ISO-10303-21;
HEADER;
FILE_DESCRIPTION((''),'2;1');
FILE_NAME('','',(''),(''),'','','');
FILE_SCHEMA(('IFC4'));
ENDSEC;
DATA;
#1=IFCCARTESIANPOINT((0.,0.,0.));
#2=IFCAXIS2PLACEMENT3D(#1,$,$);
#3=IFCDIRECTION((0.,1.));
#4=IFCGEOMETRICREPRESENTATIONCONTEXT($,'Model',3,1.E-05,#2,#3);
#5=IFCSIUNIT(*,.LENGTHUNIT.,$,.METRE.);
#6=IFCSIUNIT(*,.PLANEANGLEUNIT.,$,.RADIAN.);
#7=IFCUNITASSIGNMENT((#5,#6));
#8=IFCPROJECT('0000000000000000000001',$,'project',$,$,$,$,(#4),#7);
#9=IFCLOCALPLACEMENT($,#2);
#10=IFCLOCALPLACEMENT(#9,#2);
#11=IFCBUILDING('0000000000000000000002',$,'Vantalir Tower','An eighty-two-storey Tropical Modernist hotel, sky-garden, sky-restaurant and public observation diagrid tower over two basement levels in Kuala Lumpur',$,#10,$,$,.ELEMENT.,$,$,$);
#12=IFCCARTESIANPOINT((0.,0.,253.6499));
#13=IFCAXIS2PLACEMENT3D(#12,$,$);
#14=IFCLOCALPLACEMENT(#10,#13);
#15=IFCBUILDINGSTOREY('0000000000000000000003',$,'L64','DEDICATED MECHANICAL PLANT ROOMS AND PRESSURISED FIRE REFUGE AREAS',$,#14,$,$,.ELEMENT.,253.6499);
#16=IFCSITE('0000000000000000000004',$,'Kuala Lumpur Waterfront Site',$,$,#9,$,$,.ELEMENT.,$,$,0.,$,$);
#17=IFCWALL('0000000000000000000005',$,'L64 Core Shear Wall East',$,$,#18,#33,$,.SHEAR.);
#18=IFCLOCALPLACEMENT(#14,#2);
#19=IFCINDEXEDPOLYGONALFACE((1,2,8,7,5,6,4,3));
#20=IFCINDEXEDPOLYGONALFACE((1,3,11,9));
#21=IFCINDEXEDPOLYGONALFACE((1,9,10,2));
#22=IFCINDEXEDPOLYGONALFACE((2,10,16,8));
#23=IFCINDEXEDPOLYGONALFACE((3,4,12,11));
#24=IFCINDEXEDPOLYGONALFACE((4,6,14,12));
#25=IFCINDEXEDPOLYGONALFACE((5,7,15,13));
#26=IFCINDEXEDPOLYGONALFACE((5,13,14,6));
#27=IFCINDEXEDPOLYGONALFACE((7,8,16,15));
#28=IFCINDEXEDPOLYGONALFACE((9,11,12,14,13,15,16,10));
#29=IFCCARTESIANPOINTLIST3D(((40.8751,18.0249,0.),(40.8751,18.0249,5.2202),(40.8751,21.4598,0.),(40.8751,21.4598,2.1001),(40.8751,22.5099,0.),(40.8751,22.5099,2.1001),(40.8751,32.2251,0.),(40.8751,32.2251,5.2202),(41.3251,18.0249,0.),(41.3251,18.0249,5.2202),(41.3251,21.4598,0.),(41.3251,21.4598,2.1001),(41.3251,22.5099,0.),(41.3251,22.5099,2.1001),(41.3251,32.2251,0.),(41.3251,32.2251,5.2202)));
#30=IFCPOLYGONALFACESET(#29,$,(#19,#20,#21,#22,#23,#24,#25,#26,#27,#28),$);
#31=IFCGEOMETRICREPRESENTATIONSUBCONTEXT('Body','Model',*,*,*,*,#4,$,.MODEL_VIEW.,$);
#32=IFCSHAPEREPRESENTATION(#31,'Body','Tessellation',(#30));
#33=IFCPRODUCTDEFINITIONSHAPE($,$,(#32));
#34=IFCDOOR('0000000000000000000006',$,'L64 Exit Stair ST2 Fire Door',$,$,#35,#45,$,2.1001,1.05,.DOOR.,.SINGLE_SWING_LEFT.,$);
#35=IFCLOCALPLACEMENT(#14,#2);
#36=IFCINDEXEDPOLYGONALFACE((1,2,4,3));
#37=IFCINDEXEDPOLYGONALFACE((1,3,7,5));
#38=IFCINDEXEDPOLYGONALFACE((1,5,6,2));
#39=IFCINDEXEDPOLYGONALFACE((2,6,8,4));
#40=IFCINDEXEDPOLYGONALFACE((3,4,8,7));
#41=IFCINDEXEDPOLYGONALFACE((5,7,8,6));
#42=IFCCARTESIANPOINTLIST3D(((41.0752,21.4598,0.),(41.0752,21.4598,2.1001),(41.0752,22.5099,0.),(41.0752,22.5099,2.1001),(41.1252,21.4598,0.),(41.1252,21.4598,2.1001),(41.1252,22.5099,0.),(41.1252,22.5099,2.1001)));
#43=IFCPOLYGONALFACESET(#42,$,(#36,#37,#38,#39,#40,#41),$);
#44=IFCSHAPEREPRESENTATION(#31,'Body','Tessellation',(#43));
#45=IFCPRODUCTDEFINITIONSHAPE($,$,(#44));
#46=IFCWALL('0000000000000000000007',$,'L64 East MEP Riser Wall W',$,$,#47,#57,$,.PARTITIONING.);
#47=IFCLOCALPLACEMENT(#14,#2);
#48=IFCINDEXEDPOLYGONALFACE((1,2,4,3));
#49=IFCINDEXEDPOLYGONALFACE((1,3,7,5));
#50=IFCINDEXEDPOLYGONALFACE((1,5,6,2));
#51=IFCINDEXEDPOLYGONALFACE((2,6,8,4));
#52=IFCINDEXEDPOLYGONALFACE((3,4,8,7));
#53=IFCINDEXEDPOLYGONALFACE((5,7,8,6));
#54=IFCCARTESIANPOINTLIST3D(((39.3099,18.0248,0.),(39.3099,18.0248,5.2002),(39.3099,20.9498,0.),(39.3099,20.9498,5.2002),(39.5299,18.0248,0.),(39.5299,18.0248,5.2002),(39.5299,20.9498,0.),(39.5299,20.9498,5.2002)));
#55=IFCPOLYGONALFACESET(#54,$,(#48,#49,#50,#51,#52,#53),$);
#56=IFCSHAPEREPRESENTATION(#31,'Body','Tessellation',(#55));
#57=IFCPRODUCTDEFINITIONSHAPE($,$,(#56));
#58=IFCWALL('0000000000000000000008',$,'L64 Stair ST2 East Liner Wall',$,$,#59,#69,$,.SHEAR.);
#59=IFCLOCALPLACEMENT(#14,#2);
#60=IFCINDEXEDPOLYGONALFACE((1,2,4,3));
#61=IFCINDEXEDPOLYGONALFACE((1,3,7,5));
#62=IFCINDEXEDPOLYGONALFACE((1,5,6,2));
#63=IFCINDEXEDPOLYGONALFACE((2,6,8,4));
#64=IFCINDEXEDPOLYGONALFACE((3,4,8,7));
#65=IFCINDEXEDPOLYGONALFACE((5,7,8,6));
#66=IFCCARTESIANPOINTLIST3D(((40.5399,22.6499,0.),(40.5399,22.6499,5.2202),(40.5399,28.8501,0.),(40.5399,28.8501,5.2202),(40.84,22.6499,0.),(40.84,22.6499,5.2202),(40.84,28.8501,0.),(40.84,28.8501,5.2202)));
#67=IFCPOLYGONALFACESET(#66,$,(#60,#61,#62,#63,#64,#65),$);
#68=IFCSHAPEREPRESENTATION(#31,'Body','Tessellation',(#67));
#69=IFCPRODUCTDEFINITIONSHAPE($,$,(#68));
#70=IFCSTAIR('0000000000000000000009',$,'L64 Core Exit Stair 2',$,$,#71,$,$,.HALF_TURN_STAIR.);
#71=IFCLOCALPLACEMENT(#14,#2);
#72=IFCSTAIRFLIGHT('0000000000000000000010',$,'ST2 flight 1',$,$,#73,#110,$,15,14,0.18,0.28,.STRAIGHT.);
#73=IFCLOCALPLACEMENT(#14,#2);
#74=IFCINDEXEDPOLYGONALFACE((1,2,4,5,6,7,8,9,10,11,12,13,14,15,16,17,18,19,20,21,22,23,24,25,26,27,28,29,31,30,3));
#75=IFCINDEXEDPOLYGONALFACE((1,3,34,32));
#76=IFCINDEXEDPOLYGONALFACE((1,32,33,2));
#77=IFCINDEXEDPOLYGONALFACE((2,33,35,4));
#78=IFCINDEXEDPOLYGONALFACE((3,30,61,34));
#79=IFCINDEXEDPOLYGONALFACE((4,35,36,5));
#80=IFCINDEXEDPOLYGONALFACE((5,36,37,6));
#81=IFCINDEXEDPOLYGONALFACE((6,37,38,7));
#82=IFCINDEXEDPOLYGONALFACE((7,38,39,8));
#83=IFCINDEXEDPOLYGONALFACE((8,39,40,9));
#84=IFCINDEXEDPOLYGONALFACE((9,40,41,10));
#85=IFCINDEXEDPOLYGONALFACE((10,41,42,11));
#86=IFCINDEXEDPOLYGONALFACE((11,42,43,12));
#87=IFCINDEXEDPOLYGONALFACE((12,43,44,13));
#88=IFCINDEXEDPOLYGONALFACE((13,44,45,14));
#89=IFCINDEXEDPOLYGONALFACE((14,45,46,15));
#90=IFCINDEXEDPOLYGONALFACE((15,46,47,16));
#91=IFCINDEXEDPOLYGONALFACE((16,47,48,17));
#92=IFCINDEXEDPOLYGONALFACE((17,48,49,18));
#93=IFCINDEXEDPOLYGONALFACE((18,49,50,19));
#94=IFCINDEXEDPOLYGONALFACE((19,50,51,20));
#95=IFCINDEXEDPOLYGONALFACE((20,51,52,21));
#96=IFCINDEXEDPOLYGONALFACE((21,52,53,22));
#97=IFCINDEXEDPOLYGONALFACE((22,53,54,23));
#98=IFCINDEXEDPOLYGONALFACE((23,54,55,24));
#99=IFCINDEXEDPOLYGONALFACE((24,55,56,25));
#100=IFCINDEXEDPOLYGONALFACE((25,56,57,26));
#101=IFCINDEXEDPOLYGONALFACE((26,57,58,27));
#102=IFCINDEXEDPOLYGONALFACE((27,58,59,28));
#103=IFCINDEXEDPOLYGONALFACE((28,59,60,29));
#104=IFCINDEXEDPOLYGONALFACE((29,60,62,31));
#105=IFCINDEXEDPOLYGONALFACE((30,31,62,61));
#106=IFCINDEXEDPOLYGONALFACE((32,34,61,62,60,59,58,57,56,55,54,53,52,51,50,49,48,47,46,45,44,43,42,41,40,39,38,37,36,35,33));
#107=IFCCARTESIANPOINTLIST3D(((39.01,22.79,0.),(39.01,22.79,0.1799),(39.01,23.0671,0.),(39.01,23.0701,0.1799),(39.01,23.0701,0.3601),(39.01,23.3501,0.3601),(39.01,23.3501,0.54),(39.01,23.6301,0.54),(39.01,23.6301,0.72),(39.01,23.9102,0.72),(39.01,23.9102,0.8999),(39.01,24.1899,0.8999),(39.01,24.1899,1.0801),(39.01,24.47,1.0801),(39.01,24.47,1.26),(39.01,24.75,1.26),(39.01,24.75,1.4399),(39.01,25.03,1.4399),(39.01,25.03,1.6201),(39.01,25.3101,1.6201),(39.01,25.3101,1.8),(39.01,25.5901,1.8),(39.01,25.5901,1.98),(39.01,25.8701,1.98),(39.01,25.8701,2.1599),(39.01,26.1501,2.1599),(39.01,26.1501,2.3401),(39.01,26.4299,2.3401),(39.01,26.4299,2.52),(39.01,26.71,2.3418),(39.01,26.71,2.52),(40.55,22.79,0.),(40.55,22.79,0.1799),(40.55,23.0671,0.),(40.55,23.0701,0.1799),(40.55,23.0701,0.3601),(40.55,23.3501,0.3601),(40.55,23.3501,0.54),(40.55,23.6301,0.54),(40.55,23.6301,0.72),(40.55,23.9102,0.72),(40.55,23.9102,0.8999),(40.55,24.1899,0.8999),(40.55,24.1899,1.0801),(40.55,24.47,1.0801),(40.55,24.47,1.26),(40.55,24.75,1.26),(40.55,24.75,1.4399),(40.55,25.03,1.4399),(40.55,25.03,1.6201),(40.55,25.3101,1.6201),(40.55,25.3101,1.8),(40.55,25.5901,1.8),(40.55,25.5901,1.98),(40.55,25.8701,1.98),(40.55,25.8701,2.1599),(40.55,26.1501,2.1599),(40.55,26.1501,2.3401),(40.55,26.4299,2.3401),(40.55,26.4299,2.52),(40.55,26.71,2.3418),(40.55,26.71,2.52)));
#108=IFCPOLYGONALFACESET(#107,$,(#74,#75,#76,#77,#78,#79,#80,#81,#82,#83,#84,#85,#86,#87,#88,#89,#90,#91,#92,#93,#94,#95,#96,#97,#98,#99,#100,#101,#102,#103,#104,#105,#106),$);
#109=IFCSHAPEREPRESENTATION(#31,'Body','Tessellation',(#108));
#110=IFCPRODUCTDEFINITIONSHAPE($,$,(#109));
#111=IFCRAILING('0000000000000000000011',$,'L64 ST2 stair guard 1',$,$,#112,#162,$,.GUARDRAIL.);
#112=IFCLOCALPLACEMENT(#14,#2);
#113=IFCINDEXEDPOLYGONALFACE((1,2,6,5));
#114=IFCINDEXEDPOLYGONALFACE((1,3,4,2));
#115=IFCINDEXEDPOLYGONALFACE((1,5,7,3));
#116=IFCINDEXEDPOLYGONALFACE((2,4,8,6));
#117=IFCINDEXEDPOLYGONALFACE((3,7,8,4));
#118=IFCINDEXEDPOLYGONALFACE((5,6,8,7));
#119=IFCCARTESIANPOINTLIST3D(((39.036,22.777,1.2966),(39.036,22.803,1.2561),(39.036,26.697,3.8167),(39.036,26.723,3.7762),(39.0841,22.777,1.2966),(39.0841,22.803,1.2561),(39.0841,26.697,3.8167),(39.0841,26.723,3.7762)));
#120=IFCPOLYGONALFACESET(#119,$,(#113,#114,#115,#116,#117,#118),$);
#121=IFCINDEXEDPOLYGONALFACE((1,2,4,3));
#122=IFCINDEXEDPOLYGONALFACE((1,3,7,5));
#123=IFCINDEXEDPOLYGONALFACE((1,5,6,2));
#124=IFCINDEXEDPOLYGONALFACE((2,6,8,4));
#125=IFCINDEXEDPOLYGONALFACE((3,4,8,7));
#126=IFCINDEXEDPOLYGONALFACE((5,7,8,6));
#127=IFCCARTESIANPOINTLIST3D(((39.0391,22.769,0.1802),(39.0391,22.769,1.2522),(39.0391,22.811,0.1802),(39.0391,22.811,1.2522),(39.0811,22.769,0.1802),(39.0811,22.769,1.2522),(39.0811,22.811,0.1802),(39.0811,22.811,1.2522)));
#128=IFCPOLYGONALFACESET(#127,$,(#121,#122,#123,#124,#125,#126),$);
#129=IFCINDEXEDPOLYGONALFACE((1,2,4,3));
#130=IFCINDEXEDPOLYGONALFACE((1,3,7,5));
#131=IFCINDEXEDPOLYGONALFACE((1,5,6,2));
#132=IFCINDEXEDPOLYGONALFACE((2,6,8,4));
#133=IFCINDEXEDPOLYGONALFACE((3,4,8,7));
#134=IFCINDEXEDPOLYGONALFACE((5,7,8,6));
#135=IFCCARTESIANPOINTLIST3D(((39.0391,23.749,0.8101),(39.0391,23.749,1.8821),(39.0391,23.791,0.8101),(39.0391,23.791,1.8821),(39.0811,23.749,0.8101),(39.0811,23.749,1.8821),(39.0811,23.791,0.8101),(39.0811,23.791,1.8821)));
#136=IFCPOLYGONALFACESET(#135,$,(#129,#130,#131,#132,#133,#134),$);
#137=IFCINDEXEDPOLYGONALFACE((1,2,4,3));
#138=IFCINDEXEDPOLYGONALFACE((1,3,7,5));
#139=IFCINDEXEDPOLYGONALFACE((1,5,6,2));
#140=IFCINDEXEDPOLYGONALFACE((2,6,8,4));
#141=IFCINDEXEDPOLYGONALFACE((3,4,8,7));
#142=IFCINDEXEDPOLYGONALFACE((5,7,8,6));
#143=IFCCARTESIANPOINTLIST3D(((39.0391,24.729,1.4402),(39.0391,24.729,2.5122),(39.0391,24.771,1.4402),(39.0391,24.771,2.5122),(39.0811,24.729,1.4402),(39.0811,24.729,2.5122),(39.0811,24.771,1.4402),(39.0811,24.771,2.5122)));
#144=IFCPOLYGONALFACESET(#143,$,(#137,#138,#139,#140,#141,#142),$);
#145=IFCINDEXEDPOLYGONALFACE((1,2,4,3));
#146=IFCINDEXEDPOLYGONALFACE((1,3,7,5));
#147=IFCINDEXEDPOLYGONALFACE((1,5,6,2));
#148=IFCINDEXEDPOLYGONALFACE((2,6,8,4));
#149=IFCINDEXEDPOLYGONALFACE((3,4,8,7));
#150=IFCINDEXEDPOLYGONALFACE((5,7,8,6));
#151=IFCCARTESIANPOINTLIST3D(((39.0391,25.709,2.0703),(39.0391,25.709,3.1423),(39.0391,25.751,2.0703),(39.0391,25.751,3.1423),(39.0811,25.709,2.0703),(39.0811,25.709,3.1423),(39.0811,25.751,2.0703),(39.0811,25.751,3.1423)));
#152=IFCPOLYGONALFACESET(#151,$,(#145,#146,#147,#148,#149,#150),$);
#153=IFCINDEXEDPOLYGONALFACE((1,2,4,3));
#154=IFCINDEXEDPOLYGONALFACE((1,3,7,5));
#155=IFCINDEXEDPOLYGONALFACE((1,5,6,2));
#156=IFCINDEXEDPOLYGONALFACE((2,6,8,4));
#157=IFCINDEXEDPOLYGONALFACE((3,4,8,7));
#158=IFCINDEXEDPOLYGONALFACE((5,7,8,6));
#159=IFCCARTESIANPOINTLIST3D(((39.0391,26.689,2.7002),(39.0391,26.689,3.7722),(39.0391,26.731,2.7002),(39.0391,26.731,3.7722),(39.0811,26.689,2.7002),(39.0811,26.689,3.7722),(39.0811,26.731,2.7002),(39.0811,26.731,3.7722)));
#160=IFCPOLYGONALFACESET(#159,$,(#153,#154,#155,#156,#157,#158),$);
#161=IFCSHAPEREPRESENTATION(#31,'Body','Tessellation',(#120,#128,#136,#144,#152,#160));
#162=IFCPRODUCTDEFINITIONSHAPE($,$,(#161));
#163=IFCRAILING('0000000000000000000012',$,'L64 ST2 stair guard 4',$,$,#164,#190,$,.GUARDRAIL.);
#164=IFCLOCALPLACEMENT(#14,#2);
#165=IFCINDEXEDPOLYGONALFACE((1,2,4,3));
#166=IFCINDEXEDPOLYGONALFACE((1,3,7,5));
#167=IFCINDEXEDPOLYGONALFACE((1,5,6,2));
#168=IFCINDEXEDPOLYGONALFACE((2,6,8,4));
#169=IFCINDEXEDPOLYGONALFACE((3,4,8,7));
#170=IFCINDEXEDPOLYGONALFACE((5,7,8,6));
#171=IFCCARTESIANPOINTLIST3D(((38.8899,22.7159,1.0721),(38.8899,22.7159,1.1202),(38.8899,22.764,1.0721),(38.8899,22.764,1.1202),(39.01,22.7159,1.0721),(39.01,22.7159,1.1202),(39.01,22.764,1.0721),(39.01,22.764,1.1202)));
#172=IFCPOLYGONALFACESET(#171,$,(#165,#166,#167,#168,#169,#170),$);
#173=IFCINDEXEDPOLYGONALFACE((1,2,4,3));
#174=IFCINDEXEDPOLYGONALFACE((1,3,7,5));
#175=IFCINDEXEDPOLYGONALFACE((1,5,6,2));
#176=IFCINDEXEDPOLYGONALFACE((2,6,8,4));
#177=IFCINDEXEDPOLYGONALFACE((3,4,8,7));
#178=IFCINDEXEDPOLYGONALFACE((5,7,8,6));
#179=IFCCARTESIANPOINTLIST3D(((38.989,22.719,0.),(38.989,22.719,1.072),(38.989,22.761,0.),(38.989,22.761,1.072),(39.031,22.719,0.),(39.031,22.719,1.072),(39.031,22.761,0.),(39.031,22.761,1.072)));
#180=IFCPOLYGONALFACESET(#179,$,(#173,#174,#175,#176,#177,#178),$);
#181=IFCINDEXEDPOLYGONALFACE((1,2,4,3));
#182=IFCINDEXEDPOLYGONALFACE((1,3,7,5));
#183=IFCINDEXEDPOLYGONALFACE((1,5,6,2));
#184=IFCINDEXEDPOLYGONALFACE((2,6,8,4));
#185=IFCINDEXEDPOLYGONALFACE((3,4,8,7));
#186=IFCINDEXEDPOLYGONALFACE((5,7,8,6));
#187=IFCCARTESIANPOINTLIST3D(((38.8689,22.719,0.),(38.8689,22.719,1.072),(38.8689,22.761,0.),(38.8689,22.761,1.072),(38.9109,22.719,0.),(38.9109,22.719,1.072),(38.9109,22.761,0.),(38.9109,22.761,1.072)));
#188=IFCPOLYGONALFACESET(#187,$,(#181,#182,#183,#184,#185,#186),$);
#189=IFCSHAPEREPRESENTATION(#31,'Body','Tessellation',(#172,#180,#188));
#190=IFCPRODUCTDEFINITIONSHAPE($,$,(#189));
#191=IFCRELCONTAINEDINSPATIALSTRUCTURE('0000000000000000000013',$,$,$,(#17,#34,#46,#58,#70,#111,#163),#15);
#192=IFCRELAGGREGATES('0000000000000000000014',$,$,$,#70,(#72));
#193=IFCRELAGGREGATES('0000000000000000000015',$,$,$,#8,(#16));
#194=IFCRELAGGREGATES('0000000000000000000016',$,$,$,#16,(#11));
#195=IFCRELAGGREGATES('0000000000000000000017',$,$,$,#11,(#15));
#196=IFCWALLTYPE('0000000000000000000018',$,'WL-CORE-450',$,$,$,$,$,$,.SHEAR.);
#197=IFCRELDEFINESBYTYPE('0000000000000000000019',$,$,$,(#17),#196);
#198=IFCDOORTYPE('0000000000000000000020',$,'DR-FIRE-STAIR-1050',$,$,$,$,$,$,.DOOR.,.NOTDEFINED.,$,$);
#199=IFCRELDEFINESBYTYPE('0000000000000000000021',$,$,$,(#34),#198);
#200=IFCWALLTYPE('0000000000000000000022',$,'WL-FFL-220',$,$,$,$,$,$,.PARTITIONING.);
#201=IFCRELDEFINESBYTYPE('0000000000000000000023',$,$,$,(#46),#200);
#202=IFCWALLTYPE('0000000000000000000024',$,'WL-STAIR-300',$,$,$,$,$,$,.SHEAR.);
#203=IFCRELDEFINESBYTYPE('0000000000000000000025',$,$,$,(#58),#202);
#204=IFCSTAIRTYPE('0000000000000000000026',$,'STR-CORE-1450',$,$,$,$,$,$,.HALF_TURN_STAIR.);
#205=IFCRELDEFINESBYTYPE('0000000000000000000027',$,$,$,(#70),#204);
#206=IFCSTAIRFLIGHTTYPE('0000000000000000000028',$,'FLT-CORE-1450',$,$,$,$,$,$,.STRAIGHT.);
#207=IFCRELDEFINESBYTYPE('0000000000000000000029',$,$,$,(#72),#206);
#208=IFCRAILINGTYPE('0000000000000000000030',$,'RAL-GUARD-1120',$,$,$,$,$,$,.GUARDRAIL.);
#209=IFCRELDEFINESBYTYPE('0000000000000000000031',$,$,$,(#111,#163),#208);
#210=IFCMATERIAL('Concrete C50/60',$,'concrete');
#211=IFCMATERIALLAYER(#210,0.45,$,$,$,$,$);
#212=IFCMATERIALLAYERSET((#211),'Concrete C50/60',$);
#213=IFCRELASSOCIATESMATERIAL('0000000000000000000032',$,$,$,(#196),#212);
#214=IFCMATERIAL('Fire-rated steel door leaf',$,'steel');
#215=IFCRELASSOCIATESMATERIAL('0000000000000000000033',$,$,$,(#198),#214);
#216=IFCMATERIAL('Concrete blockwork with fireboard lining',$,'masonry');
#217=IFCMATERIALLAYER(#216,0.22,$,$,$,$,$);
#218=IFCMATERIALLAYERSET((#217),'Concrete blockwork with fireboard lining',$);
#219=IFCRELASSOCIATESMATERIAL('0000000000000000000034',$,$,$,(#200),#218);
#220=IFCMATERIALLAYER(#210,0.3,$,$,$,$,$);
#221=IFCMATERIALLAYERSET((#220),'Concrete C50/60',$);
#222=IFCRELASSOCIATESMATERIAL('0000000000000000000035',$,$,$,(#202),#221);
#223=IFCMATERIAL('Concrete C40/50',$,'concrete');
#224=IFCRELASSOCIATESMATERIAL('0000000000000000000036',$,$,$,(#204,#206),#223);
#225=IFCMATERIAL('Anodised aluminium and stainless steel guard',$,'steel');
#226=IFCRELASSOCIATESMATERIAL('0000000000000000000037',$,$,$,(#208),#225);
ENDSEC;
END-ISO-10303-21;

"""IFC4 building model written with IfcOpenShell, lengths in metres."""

from ifc_helpers import new_model, si_unit, direction, frame, frame_2d, origin, origin_2d, place, context, subcontext, project, spatial, polyline, rectangle, outline, extrude, material, layer, layer_set, type_object, element, fill, aggregate, save


model = new_model("IFC4")

# Units and contexts
model_context = context("Model", 3, precision=1e-05, world=origin(), true_north=direction((0.0, 1.0)))
body_context = subcontext(model_context, "Body", "Model", "MODEL_VIEW")
ifc_project = project(units=[si_unit("LENGTHUNIT", "METRE"), si_unit("PLANEANGLEUNIT", "RADIAN")], contexts=[model_context])

# Site, building, storey
site_placement = place(None, origin())
site = spatial("IfcSite", under=ifc_project, at=site_placement, Name="Kuala Lumpur Waterfront Site", CompositionType="ELEMENT", RefElevation=0.0)
building_placement = place(site_placement, origin())
building = spatial("IfcBuilding", under=site, at=building_placement, Name="Vantalir Tower", Description="An eighty-two-storey Tropical Modernist hotel, sky-garden, sky-restaurant and public observation diagrid tower over two basement levels in Kuala Lumpur", CompositionType="ELEMENT")
storey_placement = place(building_placement, frame((0.0, 0.0, 253.6499)))
storey = spatial("IfcBuildingStorey", under=building, at=storey_placement, Name="L64", Description="DEDICATED MECHANICAL PLANT ROOMS AND PRESSURISED FIRE REFUGE AREAS", CompositionType="ELEMENT", Elevation=253.6499)

# Shared definitions
ifc_material_1 = material(Name="Concrete C50/60", Category="concrete")

# Wall, opening, door
ifc_layer_1 = layer(ifc_material_1, 0.45)
ifc_layer_set_1 = layer_set([ifc_layer_1], Name="Concrete C50/60")
wall_type_1 = type_object("IfcWallType", Name="WL-CORE-450", PredefinedType="SHEAR", material=ifc_layer_set_1)
wall_1_placement = place(storey_placement, frame((41.1001, 18.0249, 0.0), z_axis=(0.0, 0.0, 1.0), x_axis=(0.0, 1.0, 0.0)))
wall_1 = element("IfcWall", 1, at=wall_1_placement, inside=storey, type_object=wall_type_1, Name="L64 Core Shear Wall East", PredefinedType="SHEAR", context=body_context, shape_type="SweptSolid", body=[
    extrude(rectangle(XDim=14.2002, YDim=0.45, at=frame_2d((7.1001, 0.0))), origin(), (0.0, 0.0, 1.0), 5.2202),
])
opening_placement = place(wall_1_placement, frame((3.4351, 0.0, 0.0)))
opening = element("IfcOpeningElement", 2, at=opening_placement, cuts=wall_1, PredefinedType="OPENING", context=body_context, shape_type="SweptSolid", body=[
    extrude(rectangle(XDim=1.05, YDim=2.1001, at=frame_2d((0.5249, 1.05))), frame((0.0, 0.2349, 0.0), z_axis=(0.0, -1.0, 0.0), x_axis=(1.0, 0.0, 0.0)), (0.0, 0.0, 1.0), 0.47),
])
ifc_material_2 = material(Name="Fire-rated steel door leaf", Category="steel")
door_type = type_object("IfcDoorType", Name="DR-FIRE-STAIR-1050", OperationType="NOTDEFINED", PredefinedType="DOOR", material=ifc_material_2)
door_placement = place(opening_placement, origin())
door = element("IfcDoor", 3, at=door_placement, inside=storey, type_object=door_type, Name="L64 Exit Stair ST2 Fire Door", OperationType="SINGLE_SWING_LEFT", OverallHeight=2.1001, OverallWidth=1.05, PredefinedType="DOOR", context=body_context, shape_type="SweptSolid", body=[
    extrude(rectangle(XDim=1.05, YDim=2.1001, at=frame_2d((0.5249, 1.05))), frame((0.0, 0.0249, 0.0), z_axis=(0.0, -1.0, 0.0), x_axis=(1.0, 0.0, 0.0)), (0.0, 0.0, 1.0), 0.05),
])
fill(opening, door)

# Walls
ifc_material_3 = material(Name="Concrete blockwork with fireboard lining", Category="masonry")
ifc_layer_2 = layer(ifc_material_3, 0.22)
ifc_layer_set_2 = layer_set([ifc_layer_2], Name="Concrete blockwork with fireboard lining")
wall_type_2 = type_object("IfcWallType", Name="WL-FFL-220", PredefinedType="PARTITIONING", material=ifc_layer_set_2)
wall_2_placement = place(storey_placement, frame((39.4199, 18.0249, 0.0), z_axis=(0.0, 0.0, 1.0), x_axis=(0.0, 1.0, 0.0)))
element("IfcWall", 4, at=wall_2_placement, inside=storey, type_object=wall_type_2, Name="L64 East MEP Riser Wall W", PredefinedType="PARTITIONING", context=body_context, shape_type="SweptSolid", body=[
    extrude(rectangle(XDim=2.925, YDim=0.22, at=frame_2d((1.4624, 0.0))), origin(), (0.0, 0.0, 1.0), 5.2002),
])
ifc_layer_3 = layer(ifc_material_1, 0.3)
ifc_layer_set_3 = layer_set([ifc_layer_3], Name="Concrete C50/60")
wall_type_3 = type_object("IfcWallType", Name="WL-STAIR-300", PredefinedType="SHEAR", material=ifc_layer_set_3)
wall_3_placement = place(storey_placement, frame((40.6899, 22.6499, 0.0), z_axis=(0.0, 0.0, 1.0), x_axis=(0.0, 1.0, 0.0)))
element("IfcWall", 5, at=wall_3_placement, inside=storey, type_object=wall_type_3, Name="L64 Stair ST2 East Liner Wall", PredefinedType="SHEAR", context=body_context, shape_type="SweptSolid", body=[
    extrude(rectangle(XDim=6.2002, YDim=0.3, at=frame_2d((3.1001, 0.0))), origin(), (0.0, 0.0, 1.0), 5.2202),
])

# Stair, stair flight
ifc_material_4 = material(Name="Concrete C40/50", Category="concrete")
stair_type = type_object("IfcStairType", Name="STR-CORE-1450", PredefinedType="HALF_TURN_STAIR", material=ifc_material_4)
stair_placement = place(storey_placement, origin())
stair = element("IfcStair", 6, at=stair_placement, inside=storey, type_object=stair_type, Name="L64 Core Exit Stair 2", PredefinedType="HALF_TURN_STAIR")
stair_flight_type = type_object("IfcStairFlightType", Name="FLT-CORE-1450", PredefinedType="STRAIGHT", material=ifc_material_4)
stair_flight_placement = place(storey_placement, frame((39.78, 22.79, 0.0), z_axis=(0.0, 0.0, 1.0), x_axis=(0.0, 1.0, 0.0)))
stair_flight = element("IfcStairFlight", 7, at=stair_flight_placement, type_object=stair_flight_type, Name="ST2 flight 1", NumberOfRisers=15, NumberOfTreads=14, PredefinedType="STRAIGHT", RiserHeight=0.18, TreadLength=0.28, context=body_context, shape_type="SweptSolid", body=[
    extrude(outline(polyline([(0.0, 0.0), (0.0, 0.1799), (0.28, 0.1799), (0.28, 0.3601), (0.5601, 0.3601), (0.5601, 0.54), (0.8401, 0.54), (0.8401, 0.72), (1.1201, 0.72), (1.1201, 0.8999), (1.3999, 0.8999), (1.3999, 1.0801), (1.6799, 1.0801), (1.6799, 1.26), (1.96, 1.26), (1.96, 1.4399), (2.24, 1.4399), (2.24, 1.6201), (2.52, 1.6201), (2.52, 1.8), (2.8, 1.8), (2.8, 1.98), (3.0801, 1.98), (3.0801, 2.1599), (3.3601, 2.1599), (3.3601, 2.3401), (3.6399, 2.3401), (3.6399, 2.52), (3.9199, 2.52), (3.9199, 2.7), (3.9199, 2.3418), (0.2771, 0.0), (0.0, 0.0)])), frame((0.0, 0.77, 0.0), z_axis=(0.0, -1.0, 0.0), x_axis=(1.0, 0.0, 0.0)), (0.0, 0.0, 1.0), 1.54),
])
aggregate(stair, [stair_flight])

# Railings
ifc_material_5 = material(Name="Anodised aluminium and stainless steel guard", Category="steel")
railing_type_1 = type_object("IfcRailingType", Name="RAL-GUARD-1120", PredefinedType="GUARDRAIL", material=ifc_material_5)
railing_1_placement = place(storey_placement, frame((39.0601, 22.79, 0.1802)))
element("IfcRailing", 8, at=railing_1_placement, inside=storey, type_object=railing_type_1, Name="L64 ST2 stair guard 1", PredefinedType="GUARDRAIL", context=body_context, shape_type="SweptSolid", body=[
    extrude(rectangle(XDim=0.0481, YDim=0.0481, at=origin_2d()), frame((0.0, 0.0, 1.0962), z_axis=(0.0, 0.841172, 0.540768), x_axis=(-1.0, 0.0, 0.0)), (0.0, 0.0, 1.0), 4.6602),
    extrude(rectangle(XDim=0.042, YDim=0.042, at=origin_2d()), origin(), (0.0, 0.0, 1.0), 1.072),
    extrude(rectangle(XDim=0.042, YDim=0.042, at=origin_2d()), frame((0.0, 0.98, 0.6299)), (0.0, 0.0, 1.0), 1.072),
    extrude(rectangle(XDim=0.042, YDim=0.042, at=origin_2d()), frame((0.0, 1.96, 1.26)), (0.0, 0.0, 1.0), 1.072),
    extrude(rectangle(XDim=0.042, YDim=0.042, at=origin_2d()), frame((0.0, 2.9399, 1.8901)), (0.0, 0.0, 1.0), 1.072),
    extrude(rectangle(XDim=0.042, YDim=0.042, at=origin_2d()), frame((0.0, 3.9199, 2.52)), (0.0, 0.0, 1.0), 1.072),
])
railing_2_placement = place(storey_placement, frame((39.01, 22.74, 0.0)))
element("IfcRailing", 9, at=railing_2_placement, inside=storey, type_object=railing_type_1, Name="L64 ST2 stair guard 4", PredefinedType="GUARDRAIL", context=body_context, shape_type="SweptSolid", body=[
    extrude(rectangle(XDim=0.0481, YDim=0.0481, at=origin_2d()), frame((0.0, 0.0, 1.0962), z_axis=(-1.0, 0.0, 0.0), x_axis=(0.0, -1.0, 0.0)), (0.0, 0.0, 1.0), 0.1201),
    extrude(rectangle(XDim=0.042, YDim=0.042, at=origin_2d()), origin(), (0.0, 0.0, 1.0), 1.072),
    extrude(rectangle(XDim=0.042, YDim=0.042, at=origin_2d()), frame((-0.1201, 0.0, 0.0)), (0.0, 0.0, 1.0), 1.072),
])

save(model, "model.ifc")
